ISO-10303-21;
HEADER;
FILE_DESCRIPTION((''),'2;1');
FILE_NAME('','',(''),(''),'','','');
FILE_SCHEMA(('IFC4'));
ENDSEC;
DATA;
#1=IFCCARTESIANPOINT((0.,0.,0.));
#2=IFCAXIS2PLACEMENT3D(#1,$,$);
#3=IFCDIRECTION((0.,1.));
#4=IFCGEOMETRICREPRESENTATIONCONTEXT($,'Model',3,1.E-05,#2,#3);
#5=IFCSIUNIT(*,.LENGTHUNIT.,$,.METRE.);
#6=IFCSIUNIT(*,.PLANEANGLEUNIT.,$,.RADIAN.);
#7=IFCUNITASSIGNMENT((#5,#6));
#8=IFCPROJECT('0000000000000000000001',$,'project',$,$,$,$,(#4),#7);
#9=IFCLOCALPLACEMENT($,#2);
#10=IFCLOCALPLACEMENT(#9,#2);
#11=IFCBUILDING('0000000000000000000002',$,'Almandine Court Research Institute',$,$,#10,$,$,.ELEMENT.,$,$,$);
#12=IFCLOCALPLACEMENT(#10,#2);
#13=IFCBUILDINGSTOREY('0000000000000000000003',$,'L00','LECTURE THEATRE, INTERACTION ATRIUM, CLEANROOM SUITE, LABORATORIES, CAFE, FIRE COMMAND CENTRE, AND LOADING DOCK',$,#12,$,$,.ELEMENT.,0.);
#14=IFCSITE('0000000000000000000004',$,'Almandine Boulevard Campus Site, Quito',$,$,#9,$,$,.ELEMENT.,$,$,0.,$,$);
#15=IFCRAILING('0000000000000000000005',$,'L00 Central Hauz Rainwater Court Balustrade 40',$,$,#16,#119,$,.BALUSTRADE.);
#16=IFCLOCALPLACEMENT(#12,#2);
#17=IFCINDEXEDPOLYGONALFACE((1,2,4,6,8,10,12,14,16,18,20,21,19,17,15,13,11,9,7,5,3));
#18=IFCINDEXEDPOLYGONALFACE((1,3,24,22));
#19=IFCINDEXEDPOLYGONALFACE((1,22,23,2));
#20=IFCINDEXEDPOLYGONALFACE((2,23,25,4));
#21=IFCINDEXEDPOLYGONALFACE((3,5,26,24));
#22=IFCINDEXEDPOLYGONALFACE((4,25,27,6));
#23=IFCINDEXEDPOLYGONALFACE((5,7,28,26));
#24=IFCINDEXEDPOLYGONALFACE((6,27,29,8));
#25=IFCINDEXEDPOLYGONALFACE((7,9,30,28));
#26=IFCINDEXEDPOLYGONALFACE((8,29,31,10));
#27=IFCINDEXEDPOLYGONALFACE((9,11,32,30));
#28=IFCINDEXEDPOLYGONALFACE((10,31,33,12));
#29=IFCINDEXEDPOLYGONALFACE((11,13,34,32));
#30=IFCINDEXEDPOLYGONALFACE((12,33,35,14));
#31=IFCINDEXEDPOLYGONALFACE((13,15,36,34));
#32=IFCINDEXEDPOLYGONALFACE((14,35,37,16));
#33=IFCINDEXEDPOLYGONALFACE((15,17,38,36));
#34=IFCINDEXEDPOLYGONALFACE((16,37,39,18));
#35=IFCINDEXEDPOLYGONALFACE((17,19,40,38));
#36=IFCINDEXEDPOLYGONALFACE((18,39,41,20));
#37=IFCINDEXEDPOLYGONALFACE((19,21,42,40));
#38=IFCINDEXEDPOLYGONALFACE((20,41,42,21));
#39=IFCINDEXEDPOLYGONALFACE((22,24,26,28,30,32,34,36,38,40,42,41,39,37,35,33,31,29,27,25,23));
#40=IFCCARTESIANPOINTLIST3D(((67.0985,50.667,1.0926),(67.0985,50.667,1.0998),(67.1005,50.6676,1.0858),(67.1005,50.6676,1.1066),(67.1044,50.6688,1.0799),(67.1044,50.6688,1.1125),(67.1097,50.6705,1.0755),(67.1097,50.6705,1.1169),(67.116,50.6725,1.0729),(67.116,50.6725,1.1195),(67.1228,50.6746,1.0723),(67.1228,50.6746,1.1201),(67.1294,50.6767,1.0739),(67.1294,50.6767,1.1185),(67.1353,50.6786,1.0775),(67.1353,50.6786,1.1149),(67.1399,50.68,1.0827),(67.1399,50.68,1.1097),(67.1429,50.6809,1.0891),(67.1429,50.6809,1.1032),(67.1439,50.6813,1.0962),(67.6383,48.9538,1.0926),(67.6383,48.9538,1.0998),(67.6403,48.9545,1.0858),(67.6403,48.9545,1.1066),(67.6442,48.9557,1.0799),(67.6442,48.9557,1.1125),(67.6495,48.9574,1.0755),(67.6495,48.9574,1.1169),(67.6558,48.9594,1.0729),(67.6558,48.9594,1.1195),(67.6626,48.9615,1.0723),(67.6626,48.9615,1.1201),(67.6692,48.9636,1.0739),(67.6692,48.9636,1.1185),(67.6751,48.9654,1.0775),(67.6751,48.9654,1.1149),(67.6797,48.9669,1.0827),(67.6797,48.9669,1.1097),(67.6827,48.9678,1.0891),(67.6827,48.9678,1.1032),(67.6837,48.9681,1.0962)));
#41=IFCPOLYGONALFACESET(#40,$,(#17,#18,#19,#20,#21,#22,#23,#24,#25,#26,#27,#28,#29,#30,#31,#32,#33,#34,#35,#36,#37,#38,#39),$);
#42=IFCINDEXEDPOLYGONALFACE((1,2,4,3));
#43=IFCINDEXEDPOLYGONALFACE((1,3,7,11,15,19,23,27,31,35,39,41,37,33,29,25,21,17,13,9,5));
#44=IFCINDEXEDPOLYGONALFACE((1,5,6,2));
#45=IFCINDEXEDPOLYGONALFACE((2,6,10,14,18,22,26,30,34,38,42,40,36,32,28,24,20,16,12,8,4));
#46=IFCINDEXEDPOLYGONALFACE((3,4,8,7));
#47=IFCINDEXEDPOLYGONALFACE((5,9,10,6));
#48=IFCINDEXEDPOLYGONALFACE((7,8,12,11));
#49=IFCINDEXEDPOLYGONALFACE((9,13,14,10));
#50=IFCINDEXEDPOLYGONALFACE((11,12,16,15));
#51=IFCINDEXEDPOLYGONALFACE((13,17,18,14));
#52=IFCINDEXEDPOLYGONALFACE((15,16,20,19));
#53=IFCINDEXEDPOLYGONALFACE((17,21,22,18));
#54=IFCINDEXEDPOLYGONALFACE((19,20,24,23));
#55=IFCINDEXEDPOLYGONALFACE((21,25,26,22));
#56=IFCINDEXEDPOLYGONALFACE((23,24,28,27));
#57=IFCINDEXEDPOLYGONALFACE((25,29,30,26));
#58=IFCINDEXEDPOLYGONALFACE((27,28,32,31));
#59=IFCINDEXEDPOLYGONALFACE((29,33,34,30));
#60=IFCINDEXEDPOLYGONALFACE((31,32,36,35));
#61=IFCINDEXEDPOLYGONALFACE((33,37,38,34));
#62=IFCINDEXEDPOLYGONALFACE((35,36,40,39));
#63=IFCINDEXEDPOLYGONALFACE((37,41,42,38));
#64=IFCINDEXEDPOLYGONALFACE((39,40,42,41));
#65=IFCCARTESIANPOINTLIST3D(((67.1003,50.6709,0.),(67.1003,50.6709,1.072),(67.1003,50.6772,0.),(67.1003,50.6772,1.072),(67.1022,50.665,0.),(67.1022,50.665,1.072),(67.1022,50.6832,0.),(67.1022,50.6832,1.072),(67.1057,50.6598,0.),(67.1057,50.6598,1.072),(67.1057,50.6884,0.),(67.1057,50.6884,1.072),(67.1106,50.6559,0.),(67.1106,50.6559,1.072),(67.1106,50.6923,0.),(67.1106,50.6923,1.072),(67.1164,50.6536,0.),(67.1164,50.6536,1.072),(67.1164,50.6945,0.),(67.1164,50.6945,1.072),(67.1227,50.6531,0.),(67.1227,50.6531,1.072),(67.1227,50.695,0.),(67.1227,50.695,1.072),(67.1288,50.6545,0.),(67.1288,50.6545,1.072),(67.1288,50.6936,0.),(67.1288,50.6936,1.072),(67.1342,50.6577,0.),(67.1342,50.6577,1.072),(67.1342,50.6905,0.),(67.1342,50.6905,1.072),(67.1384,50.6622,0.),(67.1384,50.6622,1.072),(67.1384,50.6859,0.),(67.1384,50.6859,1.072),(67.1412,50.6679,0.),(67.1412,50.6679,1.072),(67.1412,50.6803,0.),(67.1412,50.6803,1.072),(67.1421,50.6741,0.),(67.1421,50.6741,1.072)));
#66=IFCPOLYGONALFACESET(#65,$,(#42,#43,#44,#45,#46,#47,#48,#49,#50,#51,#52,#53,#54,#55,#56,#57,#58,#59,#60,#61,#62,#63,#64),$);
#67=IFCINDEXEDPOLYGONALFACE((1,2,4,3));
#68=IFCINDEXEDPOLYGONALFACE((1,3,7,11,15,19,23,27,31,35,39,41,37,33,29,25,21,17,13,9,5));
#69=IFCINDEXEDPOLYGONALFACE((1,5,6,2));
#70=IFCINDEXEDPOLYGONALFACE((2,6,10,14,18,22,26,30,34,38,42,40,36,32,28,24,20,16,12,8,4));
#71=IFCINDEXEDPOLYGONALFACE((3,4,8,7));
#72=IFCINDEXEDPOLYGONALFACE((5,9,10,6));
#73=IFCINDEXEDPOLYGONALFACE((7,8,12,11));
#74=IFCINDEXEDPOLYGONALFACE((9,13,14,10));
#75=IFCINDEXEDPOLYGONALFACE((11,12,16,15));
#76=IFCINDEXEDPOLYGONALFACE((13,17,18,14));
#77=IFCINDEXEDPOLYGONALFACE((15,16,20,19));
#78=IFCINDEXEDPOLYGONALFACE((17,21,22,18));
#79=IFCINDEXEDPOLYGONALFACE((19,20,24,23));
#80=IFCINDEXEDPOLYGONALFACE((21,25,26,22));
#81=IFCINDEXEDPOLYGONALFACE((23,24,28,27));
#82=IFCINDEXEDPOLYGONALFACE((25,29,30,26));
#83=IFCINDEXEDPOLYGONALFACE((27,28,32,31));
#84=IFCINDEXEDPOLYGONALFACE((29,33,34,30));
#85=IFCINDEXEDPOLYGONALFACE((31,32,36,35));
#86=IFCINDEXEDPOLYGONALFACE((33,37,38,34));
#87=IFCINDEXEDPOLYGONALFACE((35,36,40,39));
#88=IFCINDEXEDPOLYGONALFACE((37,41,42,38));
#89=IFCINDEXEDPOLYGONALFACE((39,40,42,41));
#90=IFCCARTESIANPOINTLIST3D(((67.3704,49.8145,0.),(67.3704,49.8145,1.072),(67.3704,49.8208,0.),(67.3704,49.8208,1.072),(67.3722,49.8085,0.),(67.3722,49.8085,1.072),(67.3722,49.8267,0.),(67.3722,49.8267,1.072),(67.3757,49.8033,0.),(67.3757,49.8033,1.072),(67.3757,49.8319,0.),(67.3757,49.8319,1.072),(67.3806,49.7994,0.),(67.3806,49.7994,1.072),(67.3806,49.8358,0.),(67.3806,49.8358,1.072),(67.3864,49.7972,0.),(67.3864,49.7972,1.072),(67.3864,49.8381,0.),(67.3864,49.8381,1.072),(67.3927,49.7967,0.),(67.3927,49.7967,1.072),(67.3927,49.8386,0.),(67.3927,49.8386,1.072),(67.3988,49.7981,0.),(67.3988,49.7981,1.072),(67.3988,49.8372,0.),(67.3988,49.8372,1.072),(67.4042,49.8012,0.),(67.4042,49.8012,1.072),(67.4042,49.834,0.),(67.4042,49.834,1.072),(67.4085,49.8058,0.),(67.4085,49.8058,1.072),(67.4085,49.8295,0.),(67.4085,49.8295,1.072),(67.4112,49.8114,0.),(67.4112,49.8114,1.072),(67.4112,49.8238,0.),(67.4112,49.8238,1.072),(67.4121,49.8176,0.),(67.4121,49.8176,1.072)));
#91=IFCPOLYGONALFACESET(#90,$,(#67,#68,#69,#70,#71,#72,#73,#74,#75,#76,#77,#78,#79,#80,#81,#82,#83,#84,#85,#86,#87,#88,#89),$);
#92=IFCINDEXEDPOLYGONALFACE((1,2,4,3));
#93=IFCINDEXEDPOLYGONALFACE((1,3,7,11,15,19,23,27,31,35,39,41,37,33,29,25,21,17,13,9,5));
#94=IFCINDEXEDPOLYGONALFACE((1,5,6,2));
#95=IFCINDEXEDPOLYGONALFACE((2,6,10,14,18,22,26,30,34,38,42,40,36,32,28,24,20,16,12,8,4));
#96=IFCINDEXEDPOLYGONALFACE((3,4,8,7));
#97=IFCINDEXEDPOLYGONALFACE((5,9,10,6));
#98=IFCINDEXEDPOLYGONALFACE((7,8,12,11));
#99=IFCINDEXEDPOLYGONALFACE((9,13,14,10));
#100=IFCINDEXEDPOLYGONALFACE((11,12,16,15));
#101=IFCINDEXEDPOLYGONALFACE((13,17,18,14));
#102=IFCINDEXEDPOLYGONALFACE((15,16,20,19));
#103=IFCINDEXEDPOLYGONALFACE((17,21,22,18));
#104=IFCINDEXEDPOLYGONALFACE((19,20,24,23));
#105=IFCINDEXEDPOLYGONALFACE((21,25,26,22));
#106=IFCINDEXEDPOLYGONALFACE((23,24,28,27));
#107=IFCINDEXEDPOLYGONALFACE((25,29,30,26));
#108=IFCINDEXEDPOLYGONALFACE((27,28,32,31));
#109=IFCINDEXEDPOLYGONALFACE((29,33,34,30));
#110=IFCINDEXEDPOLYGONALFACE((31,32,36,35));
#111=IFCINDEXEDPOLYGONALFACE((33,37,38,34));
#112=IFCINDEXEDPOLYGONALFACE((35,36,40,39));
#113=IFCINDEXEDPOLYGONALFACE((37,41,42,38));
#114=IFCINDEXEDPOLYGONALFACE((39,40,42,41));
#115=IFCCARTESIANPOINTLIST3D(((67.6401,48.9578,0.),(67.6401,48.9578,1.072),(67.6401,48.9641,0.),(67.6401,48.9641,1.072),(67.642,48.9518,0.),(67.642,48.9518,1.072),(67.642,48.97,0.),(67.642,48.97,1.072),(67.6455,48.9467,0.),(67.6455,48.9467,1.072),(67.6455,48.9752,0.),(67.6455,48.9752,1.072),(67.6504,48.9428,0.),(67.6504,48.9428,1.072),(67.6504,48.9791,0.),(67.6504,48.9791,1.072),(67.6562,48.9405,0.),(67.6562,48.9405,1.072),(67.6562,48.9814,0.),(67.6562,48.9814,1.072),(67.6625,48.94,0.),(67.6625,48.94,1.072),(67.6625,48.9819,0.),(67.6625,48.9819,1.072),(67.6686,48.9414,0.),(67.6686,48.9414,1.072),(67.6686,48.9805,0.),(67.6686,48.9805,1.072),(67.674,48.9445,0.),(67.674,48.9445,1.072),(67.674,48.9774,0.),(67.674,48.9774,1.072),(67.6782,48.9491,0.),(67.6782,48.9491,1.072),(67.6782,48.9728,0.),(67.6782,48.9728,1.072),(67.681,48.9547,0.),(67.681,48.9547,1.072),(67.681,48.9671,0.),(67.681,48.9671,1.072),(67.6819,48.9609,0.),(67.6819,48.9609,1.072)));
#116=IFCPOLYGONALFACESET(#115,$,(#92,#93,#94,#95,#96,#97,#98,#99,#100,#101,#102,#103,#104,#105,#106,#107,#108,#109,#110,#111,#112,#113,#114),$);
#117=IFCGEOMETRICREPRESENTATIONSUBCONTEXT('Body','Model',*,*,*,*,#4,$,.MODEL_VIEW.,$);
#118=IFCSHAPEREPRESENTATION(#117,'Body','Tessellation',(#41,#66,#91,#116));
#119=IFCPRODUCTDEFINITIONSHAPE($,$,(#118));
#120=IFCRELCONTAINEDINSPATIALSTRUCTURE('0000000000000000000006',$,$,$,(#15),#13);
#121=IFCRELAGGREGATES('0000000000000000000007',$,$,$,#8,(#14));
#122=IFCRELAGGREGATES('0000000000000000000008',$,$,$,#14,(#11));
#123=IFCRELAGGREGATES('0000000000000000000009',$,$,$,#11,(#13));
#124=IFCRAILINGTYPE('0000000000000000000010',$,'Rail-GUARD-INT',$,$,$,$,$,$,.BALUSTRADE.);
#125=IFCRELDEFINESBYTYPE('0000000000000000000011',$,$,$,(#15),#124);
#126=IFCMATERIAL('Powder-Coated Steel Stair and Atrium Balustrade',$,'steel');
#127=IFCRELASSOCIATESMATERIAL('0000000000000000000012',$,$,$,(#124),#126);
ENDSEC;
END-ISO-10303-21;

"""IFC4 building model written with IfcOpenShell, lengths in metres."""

from ifc_helpers import new_model, si_unit, direction, frame, origin, origin_2d, place, context, subcontext, project, spatial, circle, extrude, material, type_object, element, save


model = new_model("IFC4")

# Units and contexts
model_context = context("Model", 3, precision=1e-05, world=origin(), true_north=direction((0.0, 1.0)))
body_context = subcontext(model_context, "Body", "Model", "MODEL_VIEW")
ifc_project = project(units=[si_unit("LENGTHUNIT", "METRE"), si_unit("PLANEANGLEUNIT", "RADIAN")], contexts=[model_context])

# Site, building, storey
site_placement = place(None, origin())
site = spatial("IfcSite", under=ifc_project, at=site_placement, Name="Almandine Boulevard Campus Site, Quito", CompositionType="ELEMENT", RefElevation=0.0)
building_placement = place(site_placement, origin())
building = spatial("IfcBuilding", under=site, at=building_placement, Name="Almandine Court Research Institute", CompositionType="ELEMENT")
storey_placement = place(building_placement, origin())
storey = spatial("IfcBuildingStorey", under=building, at=storey_placement, Name="L00", Description="LECTURE THEATRE, INTERACTION ATRIUM, CLEANROOM SUITE, LABORATORIES, CAFE, FIRE COMMAND CENTRE, AND LOADING DOCK", CompositionType="ELEMENT", Elevation=0.0)

# Railing
ifc_material_1 = material(Name="Powder-Coated Steel Stair and Atrium Balustrade", Category="steel")
railing_type = type_object("IfcRailingType", Name="Rail-GUARD-INT", PredefinedType="BALUSTRADE", material=ifc_material_1)
railing_1_placement = place(storey_placement, frame((67.1211, 50.6741, 0.0)))
element("IfcRailing", 1, at=railing_1_placement, inside=storey, type_object=railing_type, Name="L00 Central Hauz Rainwater Court Balustrade 40", PredefinedType="BALUSTRADE", context=body_context, shape_type="SweptSolid", body=[
    extrude(circle(Radius=0.0239, at=origin_2d()), frame((0.0, 0.0, 1.0962), z_axis=(0.300526, -0.953774, 0.0), x_axis=(0.953774, 0.300526, 0.0)), (0.0, 0.0, 1.0), 1.7961),
    extrude(circle(Radius=0.021, at=origin_2d()), origin(), (0.0, 0.0, 1.0), 1.072),
    extrude(circle(Radius=0.021, at=origin_2d()), frame((0.27, -0.8564, 0.0)), (0.0, 0.0, 1.0), 1.072),
    extrude(circle(Radius=0.021, at=origin_2d()), frame((0.5398, -1.7131, 0.0)), (0.0, 0.0, 1.0), 1.072),
])

save(model, "model.ifc")
